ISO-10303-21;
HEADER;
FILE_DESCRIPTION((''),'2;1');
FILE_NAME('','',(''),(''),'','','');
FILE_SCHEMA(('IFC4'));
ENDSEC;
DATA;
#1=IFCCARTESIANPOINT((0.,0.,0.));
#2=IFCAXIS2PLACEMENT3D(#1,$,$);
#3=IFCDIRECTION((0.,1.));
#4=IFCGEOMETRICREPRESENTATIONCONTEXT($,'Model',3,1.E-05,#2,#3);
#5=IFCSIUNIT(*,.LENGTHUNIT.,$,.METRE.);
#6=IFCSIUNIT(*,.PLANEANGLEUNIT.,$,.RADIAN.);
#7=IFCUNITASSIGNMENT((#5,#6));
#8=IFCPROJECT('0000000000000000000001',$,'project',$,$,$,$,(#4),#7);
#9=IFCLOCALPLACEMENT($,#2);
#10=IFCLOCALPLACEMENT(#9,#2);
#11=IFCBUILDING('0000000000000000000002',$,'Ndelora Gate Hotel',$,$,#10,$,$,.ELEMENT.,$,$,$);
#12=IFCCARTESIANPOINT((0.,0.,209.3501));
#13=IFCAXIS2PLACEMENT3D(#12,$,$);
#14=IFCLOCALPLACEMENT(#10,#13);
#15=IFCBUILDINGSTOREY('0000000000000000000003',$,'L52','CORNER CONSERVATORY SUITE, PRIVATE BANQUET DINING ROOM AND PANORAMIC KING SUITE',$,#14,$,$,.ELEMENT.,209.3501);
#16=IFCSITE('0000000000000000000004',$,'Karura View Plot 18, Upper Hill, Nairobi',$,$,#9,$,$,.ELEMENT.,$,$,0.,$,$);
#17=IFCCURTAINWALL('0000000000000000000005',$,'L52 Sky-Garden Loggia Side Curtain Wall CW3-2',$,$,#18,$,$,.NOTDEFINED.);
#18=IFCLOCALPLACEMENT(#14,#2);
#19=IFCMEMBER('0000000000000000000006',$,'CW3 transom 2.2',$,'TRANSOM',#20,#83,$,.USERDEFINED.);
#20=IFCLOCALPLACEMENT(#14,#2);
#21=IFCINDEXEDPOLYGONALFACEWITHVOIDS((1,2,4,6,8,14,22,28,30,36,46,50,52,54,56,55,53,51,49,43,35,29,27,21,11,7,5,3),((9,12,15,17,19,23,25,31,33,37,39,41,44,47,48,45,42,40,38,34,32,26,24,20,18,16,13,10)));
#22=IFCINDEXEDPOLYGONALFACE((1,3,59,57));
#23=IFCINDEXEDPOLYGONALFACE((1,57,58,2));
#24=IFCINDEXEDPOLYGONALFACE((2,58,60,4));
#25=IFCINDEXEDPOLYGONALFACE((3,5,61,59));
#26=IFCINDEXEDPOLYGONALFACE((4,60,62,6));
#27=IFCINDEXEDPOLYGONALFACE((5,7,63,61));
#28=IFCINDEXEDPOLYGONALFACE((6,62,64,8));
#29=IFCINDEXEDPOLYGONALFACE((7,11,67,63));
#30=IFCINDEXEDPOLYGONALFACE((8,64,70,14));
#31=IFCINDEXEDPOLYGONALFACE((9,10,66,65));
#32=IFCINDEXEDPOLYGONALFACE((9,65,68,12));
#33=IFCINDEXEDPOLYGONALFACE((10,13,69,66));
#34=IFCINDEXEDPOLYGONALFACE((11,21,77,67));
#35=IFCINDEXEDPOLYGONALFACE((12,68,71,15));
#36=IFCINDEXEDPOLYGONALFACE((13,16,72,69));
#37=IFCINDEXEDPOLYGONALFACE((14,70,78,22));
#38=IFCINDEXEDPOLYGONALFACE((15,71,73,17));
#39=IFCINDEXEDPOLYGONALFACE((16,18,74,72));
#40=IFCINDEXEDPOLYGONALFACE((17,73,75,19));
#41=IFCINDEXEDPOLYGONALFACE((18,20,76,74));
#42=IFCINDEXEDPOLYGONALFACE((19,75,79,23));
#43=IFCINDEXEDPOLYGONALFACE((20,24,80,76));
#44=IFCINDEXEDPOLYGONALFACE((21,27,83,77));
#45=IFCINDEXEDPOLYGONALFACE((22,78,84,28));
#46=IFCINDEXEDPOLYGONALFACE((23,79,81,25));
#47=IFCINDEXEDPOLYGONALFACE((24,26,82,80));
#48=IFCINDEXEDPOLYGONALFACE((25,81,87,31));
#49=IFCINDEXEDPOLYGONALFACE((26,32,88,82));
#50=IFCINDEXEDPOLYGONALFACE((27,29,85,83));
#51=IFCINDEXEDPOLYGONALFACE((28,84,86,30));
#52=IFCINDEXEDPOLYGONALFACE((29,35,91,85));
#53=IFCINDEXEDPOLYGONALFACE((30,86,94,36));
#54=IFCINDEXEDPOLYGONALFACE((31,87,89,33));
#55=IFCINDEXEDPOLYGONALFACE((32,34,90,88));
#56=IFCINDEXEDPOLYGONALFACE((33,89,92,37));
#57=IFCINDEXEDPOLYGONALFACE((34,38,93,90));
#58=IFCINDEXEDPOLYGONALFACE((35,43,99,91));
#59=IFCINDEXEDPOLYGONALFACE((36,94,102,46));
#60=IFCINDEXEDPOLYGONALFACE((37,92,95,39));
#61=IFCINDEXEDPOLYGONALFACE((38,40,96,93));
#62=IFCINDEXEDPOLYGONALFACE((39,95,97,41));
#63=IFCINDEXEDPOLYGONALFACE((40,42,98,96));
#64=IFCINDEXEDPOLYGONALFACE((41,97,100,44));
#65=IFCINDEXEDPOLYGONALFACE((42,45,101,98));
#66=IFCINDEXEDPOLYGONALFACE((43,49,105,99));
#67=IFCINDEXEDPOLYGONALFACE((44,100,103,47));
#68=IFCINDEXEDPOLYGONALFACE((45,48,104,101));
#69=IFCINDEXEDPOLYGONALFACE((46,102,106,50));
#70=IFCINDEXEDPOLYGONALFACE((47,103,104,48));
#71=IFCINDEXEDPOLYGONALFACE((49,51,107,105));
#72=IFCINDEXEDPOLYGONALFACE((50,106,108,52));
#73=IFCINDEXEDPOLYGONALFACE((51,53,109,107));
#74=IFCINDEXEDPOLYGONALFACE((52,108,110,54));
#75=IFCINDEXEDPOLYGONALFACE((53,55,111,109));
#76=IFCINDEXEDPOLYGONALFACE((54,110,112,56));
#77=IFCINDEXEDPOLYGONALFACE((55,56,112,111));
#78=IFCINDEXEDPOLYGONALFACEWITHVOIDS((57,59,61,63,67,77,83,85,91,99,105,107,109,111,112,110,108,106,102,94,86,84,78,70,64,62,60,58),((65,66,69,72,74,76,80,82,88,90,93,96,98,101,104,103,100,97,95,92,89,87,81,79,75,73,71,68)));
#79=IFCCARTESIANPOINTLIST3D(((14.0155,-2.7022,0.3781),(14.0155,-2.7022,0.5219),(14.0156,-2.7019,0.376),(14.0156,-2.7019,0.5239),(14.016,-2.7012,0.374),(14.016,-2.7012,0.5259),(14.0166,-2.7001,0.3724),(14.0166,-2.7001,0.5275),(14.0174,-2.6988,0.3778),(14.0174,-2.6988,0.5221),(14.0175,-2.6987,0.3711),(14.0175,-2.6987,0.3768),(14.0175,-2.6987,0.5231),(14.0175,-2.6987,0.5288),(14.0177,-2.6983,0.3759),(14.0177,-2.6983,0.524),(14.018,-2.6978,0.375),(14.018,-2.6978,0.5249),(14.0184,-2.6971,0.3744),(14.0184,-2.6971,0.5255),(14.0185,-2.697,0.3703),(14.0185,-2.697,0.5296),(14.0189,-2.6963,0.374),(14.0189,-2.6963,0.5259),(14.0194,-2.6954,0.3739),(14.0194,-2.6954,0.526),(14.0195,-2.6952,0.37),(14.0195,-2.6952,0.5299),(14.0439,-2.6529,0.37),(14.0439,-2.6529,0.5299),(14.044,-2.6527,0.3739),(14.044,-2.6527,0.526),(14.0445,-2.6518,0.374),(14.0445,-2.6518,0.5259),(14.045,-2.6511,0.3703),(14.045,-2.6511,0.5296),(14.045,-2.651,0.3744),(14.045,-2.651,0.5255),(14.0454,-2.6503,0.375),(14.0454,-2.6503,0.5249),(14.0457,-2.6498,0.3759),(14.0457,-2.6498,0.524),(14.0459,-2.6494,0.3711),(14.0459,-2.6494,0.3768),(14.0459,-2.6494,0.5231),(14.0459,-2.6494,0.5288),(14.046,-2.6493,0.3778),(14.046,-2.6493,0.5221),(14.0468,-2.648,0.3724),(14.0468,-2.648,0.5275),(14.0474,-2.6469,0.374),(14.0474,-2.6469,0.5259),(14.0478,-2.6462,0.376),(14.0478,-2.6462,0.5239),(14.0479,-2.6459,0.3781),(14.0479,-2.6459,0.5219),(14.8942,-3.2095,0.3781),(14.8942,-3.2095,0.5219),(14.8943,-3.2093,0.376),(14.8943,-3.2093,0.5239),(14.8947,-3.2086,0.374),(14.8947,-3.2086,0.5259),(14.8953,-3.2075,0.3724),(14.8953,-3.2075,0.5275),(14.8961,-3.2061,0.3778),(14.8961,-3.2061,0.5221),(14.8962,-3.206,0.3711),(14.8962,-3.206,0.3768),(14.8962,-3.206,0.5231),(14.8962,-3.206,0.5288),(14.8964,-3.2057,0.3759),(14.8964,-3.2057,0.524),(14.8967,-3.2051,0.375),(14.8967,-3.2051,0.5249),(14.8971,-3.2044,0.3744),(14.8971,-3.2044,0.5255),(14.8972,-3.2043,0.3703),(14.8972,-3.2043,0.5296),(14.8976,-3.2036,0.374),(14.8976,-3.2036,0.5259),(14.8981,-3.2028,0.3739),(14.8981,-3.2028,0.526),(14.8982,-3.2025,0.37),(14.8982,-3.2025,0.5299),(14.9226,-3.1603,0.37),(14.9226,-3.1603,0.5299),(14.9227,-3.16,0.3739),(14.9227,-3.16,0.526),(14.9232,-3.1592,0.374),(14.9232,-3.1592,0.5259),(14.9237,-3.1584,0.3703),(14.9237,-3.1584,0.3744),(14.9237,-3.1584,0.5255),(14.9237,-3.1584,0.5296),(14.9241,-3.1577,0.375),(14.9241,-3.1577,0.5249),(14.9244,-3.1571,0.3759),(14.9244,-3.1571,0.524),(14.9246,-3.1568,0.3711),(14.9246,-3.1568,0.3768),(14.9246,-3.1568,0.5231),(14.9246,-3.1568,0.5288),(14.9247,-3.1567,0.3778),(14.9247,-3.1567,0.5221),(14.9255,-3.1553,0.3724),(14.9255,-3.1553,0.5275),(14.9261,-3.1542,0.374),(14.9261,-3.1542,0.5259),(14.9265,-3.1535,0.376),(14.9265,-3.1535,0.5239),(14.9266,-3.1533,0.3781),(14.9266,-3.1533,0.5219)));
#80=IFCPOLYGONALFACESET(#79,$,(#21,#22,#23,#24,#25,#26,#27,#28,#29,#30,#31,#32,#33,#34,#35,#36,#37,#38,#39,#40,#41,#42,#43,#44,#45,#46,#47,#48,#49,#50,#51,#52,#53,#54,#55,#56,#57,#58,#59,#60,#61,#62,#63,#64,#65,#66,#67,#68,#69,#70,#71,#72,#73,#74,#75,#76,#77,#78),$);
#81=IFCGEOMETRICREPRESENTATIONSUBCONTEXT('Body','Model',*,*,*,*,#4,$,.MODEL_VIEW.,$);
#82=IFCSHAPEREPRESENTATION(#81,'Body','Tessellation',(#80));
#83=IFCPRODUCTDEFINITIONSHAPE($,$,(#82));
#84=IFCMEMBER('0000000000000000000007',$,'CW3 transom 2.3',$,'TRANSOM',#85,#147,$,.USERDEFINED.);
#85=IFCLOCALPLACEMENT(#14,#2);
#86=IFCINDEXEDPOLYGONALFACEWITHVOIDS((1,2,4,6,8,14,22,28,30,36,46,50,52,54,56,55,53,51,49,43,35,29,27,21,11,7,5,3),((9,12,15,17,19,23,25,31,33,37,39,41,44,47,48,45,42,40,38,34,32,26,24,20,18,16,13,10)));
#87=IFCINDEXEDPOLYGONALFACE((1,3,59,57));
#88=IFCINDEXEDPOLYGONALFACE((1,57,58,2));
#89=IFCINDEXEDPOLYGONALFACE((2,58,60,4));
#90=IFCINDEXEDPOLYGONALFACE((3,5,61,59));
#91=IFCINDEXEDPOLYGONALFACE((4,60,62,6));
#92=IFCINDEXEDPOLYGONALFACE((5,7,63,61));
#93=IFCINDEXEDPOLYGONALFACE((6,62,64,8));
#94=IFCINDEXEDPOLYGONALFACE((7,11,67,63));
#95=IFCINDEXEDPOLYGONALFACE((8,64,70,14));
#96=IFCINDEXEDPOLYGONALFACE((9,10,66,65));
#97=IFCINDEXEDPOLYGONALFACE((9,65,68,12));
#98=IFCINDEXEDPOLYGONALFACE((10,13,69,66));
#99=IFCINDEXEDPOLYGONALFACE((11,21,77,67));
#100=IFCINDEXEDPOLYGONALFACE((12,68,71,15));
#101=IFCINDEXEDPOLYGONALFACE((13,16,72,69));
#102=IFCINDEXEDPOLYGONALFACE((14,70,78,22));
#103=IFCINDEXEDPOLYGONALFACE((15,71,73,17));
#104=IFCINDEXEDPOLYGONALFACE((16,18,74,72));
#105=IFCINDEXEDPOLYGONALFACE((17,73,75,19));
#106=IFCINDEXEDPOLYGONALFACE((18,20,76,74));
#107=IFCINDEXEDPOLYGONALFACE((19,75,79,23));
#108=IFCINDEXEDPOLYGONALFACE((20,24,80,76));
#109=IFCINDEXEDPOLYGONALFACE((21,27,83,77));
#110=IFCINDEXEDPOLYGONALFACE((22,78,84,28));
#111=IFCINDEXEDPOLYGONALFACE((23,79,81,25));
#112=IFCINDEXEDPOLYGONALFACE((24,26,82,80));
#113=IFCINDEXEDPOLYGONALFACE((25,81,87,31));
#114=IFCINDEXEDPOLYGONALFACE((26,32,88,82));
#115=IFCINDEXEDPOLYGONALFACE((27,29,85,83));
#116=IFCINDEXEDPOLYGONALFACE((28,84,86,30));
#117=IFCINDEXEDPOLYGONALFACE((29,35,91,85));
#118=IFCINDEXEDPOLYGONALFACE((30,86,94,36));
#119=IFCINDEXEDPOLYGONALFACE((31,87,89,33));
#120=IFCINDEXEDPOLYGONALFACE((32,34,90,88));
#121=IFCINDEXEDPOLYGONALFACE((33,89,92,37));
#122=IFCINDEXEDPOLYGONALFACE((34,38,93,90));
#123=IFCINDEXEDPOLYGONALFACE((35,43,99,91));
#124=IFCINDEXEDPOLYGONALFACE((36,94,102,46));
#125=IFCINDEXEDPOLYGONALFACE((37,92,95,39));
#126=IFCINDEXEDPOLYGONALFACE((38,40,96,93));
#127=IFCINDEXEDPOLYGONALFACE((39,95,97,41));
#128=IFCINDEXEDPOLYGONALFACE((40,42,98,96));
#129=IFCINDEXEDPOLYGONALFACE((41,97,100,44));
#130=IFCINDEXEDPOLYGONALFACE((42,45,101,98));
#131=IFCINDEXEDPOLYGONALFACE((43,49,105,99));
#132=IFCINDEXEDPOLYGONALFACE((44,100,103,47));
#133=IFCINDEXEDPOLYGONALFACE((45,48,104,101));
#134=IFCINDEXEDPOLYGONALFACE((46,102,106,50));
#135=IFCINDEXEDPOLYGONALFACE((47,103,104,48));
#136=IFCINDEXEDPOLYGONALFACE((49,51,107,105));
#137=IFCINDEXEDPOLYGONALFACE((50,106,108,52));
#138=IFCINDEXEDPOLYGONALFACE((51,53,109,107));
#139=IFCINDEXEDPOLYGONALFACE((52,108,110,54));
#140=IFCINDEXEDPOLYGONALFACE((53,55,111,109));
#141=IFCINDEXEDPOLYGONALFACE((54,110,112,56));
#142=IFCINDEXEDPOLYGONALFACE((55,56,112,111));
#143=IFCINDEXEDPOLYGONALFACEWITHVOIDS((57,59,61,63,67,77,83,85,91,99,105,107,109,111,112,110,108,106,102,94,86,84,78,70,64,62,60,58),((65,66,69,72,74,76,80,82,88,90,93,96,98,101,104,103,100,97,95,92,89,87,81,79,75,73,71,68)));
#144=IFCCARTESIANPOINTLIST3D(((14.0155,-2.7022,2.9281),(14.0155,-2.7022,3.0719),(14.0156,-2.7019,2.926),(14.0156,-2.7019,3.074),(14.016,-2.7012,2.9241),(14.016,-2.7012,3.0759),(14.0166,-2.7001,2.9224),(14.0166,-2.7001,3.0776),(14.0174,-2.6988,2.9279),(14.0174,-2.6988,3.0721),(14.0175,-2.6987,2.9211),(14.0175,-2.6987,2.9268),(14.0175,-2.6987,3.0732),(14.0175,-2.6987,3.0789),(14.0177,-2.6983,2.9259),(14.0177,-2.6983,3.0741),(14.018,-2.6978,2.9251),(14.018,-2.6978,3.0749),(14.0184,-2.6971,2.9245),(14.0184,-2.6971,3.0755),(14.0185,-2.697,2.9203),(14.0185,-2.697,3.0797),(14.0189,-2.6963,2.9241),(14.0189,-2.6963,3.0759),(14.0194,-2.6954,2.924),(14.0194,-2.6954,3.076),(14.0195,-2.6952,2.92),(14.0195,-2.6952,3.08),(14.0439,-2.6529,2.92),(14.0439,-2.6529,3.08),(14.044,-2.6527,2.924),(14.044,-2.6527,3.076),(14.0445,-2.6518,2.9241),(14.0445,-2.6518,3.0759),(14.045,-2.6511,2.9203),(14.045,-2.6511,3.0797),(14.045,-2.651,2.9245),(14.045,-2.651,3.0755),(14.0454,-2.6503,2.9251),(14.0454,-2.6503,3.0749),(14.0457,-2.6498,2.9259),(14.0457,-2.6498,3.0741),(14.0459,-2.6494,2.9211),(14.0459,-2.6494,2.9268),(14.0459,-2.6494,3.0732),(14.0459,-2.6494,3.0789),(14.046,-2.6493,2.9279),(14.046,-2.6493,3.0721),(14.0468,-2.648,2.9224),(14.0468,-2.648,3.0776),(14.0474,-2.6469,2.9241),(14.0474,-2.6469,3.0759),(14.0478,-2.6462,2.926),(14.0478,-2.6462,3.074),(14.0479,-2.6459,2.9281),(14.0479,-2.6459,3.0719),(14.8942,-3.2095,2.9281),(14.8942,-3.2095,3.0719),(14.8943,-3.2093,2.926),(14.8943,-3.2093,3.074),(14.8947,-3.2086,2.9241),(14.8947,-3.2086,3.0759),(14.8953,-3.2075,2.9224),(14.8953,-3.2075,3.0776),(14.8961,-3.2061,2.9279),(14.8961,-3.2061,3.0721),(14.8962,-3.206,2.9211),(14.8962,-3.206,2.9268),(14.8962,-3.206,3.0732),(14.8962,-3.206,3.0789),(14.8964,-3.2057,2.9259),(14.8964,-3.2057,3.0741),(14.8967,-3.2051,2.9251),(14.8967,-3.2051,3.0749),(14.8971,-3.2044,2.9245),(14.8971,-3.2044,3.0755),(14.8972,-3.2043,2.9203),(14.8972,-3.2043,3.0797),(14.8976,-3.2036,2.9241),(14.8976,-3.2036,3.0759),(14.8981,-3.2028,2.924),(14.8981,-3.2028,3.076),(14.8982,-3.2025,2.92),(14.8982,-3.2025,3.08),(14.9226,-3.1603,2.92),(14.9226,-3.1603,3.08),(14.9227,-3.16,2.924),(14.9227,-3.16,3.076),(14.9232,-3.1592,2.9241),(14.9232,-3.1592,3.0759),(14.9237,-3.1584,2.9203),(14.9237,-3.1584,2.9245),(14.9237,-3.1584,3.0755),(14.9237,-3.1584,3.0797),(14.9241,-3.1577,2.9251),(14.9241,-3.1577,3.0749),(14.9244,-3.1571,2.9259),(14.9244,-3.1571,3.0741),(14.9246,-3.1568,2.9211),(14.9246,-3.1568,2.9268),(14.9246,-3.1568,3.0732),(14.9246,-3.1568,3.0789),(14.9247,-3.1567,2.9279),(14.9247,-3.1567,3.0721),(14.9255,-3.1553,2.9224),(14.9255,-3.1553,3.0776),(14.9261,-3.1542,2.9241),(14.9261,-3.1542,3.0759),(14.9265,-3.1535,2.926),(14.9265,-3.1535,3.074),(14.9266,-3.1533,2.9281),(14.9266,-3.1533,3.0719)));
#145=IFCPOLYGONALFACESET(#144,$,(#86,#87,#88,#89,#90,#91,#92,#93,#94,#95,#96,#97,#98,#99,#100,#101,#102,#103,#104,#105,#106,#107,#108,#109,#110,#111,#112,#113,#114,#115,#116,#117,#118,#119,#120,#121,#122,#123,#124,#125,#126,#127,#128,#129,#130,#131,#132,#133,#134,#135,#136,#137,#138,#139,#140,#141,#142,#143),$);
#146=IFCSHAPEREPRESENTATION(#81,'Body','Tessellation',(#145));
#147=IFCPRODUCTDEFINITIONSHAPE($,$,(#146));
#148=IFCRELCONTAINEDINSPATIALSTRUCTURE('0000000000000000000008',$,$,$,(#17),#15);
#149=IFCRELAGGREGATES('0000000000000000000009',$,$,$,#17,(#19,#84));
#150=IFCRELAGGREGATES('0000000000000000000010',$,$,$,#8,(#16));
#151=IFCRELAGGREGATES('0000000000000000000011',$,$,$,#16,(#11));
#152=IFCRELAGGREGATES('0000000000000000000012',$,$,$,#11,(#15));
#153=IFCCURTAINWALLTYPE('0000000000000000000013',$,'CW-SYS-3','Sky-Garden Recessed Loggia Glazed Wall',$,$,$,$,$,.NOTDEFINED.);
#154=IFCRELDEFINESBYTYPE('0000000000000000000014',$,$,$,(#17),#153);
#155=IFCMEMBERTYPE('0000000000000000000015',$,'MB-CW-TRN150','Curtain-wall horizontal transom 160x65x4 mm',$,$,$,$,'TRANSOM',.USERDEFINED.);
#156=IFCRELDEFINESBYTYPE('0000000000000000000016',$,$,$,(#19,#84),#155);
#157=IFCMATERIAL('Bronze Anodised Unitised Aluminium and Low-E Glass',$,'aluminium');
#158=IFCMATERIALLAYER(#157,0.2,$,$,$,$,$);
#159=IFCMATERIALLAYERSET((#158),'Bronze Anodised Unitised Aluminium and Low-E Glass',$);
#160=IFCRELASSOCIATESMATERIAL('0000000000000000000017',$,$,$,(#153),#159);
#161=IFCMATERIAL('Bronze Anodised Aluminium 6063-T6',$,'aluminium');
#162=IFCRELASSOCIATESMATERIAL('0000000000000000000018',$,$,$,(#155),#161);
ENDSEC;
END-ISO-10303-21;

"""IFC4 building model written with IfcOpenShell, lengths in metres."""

from ifc_helpers import new_model, si_unit, direction, frame, origin, origin_2d, place, context, subcontext, project, spatial, hollow_rectangle, extrude, material, layer, layer_set, material_profile, profile_set, type_object, element, aggregate, save


model = new_model("IFC4")

# Units and contexts
model_context = context("Model", 3, precision=1e-05, world=origin(), true_north=direction((0.0, 1.0)))
body_context = subcontext(model_context, "Body", "Model", "MODEL_VIEW")
ifc_project = project(units=[si_unit("LENGTHUNIT", "METRE"), si_unit("PLANEANGLEUNIT", "RADIAN")], contexts=[model_context])

# Site, building, storey
site_placement = place(None, origin())
site = spatial("IfcSite", under=ifc_project, at=site_placement, Name="Karura View Plot 18, Upper Hill, Nairobi", CompositionType="ELEMENT", RefElevation=0.0)
building_placement = place(site_placement, origin())
building = spatial("IfcBuilding", under=site, at=building_placement, Name="Ndelora Gate Hotel", CompositionType="ELEMENT")
storey_placement = place(building_placement, frame((0.0, 0.0, 209.3501)))
storey = spatial("IfcBuildingStorey", under=building, at=storey_placement, Name="L52", Description="CORNER CONSERVATORY SUITE, PRIVATE BANQUET DINING ROOM AND PANORAMIC KING SUITE", CompositionType="ELEMENT", Elevation=209.3501)

# Curtain wall, members
ifc_material_1 = material(Name="Bronze Anodised Unitised Aluminium and Low-E Glass", Category="aluminium")
ifc_layer_1 = layer(ifc_material_1, 0.2)
ifc_layer_set_1 = layer_set([ifc_layer_1], Name="Bronze Anodised Unitised Aluminium and Low-E Glass")
curtain_wall_type = type_object("IfcCurtainWallType", Name="CW-SYS-3", Description="Sky-Garden Recessed Loggia Glazed Wall", PredefinedType="NOTDEFINED", material=ifc_layer_set_1)
curtain_wall_placement = place(storey_placement, origin())
curtain_wall = element("IfcCurtainWall", 1, at=curtain_wall_placement, inside=storey, type_object=curtain_wall_type, Name="L52 Sky-Garden Loggia Side Curtain Wall CW3-2", PredefinedType="NOTDEFINED")
ifc_material_2 = material(Name="Bronze Anodised Aluminium 6063-T6", Category="aluminium")
ifc_material_profile_1 = material_profile(ifc_material_2, hollow_rectangle(XDim=0.0649, YDim=0.1599, WallThickness=0.0039, InnerFilletRadius=0.0039, OuterFilletRadius=0.0081, at=origin_2d()), Name="ALU 160x65x4")
ifc_profile_set_1 = profile_set([ifc_material_profile_1], Name="Bronze Anodised Aluminium 6063-T6")
member_type_1 = type_object("IfcMemberType", Name="MB-CW-TRN150", Description="Curtain-wall horizontal transom 160x65x4 mm", ElementType="TRANSOM", PredefinedType="USERDEFINED", material=ifc_profile_set_1)
member_1_placement = place(storey_placement, frame((14.9104, -3.1814, 0.45), z_axis=(-0.866013, 0.500021, 0.0), x_axis=(-0.500021, -0.866013, 0.0)))
member_1 = element("IfcMember", 2, at=member_1_placement, type_object=member_type_1, Name="CW3 transom 2.2", ObjectType="TRANSOM", PredefinedType="USERDEFINED", context=body_context, shape_type="SweptSolid", body=[
    extrude(hollow_rectangle(XDim=0.0649, YDim=0.1599, WallThickness=0.0039, InnerFilletRadius=0.0039, OuterFilletRadius=0.0081, at=origin_2d()), origin(), (0.0, 0.0, 1.0), 1.0146),
])
member_2_placement = place(storey_placement, frame((14.9104, -3.1814, 3.0), z_axis=(-0.866013, 0.500021, 0.0), x_axis=(-0.500021, -0.866013, 0.0)))
member_2 = element("IfcMember", 3, at=member_2_placement, type_object=member_type_1, Name="CW3 transom 2.3", ObjectType="TRANSOM", PredefinedType="USERDEFINED", context=body_context, shape_type="SweptSolid", body=[
    extrude(hollow_rectangle(XDim=0.0649, YDim=0.1599, WallThickness=0.0039, InnerFilletRadius=0.0039, OuterFilletRadius=0.0081, at=origin_2d()), origin(), (0.0, 0.0, 1.0), 1.0146),
])
aggregate(curtain_wall, [member_1, member_2])

save(model, "model.ifc")
